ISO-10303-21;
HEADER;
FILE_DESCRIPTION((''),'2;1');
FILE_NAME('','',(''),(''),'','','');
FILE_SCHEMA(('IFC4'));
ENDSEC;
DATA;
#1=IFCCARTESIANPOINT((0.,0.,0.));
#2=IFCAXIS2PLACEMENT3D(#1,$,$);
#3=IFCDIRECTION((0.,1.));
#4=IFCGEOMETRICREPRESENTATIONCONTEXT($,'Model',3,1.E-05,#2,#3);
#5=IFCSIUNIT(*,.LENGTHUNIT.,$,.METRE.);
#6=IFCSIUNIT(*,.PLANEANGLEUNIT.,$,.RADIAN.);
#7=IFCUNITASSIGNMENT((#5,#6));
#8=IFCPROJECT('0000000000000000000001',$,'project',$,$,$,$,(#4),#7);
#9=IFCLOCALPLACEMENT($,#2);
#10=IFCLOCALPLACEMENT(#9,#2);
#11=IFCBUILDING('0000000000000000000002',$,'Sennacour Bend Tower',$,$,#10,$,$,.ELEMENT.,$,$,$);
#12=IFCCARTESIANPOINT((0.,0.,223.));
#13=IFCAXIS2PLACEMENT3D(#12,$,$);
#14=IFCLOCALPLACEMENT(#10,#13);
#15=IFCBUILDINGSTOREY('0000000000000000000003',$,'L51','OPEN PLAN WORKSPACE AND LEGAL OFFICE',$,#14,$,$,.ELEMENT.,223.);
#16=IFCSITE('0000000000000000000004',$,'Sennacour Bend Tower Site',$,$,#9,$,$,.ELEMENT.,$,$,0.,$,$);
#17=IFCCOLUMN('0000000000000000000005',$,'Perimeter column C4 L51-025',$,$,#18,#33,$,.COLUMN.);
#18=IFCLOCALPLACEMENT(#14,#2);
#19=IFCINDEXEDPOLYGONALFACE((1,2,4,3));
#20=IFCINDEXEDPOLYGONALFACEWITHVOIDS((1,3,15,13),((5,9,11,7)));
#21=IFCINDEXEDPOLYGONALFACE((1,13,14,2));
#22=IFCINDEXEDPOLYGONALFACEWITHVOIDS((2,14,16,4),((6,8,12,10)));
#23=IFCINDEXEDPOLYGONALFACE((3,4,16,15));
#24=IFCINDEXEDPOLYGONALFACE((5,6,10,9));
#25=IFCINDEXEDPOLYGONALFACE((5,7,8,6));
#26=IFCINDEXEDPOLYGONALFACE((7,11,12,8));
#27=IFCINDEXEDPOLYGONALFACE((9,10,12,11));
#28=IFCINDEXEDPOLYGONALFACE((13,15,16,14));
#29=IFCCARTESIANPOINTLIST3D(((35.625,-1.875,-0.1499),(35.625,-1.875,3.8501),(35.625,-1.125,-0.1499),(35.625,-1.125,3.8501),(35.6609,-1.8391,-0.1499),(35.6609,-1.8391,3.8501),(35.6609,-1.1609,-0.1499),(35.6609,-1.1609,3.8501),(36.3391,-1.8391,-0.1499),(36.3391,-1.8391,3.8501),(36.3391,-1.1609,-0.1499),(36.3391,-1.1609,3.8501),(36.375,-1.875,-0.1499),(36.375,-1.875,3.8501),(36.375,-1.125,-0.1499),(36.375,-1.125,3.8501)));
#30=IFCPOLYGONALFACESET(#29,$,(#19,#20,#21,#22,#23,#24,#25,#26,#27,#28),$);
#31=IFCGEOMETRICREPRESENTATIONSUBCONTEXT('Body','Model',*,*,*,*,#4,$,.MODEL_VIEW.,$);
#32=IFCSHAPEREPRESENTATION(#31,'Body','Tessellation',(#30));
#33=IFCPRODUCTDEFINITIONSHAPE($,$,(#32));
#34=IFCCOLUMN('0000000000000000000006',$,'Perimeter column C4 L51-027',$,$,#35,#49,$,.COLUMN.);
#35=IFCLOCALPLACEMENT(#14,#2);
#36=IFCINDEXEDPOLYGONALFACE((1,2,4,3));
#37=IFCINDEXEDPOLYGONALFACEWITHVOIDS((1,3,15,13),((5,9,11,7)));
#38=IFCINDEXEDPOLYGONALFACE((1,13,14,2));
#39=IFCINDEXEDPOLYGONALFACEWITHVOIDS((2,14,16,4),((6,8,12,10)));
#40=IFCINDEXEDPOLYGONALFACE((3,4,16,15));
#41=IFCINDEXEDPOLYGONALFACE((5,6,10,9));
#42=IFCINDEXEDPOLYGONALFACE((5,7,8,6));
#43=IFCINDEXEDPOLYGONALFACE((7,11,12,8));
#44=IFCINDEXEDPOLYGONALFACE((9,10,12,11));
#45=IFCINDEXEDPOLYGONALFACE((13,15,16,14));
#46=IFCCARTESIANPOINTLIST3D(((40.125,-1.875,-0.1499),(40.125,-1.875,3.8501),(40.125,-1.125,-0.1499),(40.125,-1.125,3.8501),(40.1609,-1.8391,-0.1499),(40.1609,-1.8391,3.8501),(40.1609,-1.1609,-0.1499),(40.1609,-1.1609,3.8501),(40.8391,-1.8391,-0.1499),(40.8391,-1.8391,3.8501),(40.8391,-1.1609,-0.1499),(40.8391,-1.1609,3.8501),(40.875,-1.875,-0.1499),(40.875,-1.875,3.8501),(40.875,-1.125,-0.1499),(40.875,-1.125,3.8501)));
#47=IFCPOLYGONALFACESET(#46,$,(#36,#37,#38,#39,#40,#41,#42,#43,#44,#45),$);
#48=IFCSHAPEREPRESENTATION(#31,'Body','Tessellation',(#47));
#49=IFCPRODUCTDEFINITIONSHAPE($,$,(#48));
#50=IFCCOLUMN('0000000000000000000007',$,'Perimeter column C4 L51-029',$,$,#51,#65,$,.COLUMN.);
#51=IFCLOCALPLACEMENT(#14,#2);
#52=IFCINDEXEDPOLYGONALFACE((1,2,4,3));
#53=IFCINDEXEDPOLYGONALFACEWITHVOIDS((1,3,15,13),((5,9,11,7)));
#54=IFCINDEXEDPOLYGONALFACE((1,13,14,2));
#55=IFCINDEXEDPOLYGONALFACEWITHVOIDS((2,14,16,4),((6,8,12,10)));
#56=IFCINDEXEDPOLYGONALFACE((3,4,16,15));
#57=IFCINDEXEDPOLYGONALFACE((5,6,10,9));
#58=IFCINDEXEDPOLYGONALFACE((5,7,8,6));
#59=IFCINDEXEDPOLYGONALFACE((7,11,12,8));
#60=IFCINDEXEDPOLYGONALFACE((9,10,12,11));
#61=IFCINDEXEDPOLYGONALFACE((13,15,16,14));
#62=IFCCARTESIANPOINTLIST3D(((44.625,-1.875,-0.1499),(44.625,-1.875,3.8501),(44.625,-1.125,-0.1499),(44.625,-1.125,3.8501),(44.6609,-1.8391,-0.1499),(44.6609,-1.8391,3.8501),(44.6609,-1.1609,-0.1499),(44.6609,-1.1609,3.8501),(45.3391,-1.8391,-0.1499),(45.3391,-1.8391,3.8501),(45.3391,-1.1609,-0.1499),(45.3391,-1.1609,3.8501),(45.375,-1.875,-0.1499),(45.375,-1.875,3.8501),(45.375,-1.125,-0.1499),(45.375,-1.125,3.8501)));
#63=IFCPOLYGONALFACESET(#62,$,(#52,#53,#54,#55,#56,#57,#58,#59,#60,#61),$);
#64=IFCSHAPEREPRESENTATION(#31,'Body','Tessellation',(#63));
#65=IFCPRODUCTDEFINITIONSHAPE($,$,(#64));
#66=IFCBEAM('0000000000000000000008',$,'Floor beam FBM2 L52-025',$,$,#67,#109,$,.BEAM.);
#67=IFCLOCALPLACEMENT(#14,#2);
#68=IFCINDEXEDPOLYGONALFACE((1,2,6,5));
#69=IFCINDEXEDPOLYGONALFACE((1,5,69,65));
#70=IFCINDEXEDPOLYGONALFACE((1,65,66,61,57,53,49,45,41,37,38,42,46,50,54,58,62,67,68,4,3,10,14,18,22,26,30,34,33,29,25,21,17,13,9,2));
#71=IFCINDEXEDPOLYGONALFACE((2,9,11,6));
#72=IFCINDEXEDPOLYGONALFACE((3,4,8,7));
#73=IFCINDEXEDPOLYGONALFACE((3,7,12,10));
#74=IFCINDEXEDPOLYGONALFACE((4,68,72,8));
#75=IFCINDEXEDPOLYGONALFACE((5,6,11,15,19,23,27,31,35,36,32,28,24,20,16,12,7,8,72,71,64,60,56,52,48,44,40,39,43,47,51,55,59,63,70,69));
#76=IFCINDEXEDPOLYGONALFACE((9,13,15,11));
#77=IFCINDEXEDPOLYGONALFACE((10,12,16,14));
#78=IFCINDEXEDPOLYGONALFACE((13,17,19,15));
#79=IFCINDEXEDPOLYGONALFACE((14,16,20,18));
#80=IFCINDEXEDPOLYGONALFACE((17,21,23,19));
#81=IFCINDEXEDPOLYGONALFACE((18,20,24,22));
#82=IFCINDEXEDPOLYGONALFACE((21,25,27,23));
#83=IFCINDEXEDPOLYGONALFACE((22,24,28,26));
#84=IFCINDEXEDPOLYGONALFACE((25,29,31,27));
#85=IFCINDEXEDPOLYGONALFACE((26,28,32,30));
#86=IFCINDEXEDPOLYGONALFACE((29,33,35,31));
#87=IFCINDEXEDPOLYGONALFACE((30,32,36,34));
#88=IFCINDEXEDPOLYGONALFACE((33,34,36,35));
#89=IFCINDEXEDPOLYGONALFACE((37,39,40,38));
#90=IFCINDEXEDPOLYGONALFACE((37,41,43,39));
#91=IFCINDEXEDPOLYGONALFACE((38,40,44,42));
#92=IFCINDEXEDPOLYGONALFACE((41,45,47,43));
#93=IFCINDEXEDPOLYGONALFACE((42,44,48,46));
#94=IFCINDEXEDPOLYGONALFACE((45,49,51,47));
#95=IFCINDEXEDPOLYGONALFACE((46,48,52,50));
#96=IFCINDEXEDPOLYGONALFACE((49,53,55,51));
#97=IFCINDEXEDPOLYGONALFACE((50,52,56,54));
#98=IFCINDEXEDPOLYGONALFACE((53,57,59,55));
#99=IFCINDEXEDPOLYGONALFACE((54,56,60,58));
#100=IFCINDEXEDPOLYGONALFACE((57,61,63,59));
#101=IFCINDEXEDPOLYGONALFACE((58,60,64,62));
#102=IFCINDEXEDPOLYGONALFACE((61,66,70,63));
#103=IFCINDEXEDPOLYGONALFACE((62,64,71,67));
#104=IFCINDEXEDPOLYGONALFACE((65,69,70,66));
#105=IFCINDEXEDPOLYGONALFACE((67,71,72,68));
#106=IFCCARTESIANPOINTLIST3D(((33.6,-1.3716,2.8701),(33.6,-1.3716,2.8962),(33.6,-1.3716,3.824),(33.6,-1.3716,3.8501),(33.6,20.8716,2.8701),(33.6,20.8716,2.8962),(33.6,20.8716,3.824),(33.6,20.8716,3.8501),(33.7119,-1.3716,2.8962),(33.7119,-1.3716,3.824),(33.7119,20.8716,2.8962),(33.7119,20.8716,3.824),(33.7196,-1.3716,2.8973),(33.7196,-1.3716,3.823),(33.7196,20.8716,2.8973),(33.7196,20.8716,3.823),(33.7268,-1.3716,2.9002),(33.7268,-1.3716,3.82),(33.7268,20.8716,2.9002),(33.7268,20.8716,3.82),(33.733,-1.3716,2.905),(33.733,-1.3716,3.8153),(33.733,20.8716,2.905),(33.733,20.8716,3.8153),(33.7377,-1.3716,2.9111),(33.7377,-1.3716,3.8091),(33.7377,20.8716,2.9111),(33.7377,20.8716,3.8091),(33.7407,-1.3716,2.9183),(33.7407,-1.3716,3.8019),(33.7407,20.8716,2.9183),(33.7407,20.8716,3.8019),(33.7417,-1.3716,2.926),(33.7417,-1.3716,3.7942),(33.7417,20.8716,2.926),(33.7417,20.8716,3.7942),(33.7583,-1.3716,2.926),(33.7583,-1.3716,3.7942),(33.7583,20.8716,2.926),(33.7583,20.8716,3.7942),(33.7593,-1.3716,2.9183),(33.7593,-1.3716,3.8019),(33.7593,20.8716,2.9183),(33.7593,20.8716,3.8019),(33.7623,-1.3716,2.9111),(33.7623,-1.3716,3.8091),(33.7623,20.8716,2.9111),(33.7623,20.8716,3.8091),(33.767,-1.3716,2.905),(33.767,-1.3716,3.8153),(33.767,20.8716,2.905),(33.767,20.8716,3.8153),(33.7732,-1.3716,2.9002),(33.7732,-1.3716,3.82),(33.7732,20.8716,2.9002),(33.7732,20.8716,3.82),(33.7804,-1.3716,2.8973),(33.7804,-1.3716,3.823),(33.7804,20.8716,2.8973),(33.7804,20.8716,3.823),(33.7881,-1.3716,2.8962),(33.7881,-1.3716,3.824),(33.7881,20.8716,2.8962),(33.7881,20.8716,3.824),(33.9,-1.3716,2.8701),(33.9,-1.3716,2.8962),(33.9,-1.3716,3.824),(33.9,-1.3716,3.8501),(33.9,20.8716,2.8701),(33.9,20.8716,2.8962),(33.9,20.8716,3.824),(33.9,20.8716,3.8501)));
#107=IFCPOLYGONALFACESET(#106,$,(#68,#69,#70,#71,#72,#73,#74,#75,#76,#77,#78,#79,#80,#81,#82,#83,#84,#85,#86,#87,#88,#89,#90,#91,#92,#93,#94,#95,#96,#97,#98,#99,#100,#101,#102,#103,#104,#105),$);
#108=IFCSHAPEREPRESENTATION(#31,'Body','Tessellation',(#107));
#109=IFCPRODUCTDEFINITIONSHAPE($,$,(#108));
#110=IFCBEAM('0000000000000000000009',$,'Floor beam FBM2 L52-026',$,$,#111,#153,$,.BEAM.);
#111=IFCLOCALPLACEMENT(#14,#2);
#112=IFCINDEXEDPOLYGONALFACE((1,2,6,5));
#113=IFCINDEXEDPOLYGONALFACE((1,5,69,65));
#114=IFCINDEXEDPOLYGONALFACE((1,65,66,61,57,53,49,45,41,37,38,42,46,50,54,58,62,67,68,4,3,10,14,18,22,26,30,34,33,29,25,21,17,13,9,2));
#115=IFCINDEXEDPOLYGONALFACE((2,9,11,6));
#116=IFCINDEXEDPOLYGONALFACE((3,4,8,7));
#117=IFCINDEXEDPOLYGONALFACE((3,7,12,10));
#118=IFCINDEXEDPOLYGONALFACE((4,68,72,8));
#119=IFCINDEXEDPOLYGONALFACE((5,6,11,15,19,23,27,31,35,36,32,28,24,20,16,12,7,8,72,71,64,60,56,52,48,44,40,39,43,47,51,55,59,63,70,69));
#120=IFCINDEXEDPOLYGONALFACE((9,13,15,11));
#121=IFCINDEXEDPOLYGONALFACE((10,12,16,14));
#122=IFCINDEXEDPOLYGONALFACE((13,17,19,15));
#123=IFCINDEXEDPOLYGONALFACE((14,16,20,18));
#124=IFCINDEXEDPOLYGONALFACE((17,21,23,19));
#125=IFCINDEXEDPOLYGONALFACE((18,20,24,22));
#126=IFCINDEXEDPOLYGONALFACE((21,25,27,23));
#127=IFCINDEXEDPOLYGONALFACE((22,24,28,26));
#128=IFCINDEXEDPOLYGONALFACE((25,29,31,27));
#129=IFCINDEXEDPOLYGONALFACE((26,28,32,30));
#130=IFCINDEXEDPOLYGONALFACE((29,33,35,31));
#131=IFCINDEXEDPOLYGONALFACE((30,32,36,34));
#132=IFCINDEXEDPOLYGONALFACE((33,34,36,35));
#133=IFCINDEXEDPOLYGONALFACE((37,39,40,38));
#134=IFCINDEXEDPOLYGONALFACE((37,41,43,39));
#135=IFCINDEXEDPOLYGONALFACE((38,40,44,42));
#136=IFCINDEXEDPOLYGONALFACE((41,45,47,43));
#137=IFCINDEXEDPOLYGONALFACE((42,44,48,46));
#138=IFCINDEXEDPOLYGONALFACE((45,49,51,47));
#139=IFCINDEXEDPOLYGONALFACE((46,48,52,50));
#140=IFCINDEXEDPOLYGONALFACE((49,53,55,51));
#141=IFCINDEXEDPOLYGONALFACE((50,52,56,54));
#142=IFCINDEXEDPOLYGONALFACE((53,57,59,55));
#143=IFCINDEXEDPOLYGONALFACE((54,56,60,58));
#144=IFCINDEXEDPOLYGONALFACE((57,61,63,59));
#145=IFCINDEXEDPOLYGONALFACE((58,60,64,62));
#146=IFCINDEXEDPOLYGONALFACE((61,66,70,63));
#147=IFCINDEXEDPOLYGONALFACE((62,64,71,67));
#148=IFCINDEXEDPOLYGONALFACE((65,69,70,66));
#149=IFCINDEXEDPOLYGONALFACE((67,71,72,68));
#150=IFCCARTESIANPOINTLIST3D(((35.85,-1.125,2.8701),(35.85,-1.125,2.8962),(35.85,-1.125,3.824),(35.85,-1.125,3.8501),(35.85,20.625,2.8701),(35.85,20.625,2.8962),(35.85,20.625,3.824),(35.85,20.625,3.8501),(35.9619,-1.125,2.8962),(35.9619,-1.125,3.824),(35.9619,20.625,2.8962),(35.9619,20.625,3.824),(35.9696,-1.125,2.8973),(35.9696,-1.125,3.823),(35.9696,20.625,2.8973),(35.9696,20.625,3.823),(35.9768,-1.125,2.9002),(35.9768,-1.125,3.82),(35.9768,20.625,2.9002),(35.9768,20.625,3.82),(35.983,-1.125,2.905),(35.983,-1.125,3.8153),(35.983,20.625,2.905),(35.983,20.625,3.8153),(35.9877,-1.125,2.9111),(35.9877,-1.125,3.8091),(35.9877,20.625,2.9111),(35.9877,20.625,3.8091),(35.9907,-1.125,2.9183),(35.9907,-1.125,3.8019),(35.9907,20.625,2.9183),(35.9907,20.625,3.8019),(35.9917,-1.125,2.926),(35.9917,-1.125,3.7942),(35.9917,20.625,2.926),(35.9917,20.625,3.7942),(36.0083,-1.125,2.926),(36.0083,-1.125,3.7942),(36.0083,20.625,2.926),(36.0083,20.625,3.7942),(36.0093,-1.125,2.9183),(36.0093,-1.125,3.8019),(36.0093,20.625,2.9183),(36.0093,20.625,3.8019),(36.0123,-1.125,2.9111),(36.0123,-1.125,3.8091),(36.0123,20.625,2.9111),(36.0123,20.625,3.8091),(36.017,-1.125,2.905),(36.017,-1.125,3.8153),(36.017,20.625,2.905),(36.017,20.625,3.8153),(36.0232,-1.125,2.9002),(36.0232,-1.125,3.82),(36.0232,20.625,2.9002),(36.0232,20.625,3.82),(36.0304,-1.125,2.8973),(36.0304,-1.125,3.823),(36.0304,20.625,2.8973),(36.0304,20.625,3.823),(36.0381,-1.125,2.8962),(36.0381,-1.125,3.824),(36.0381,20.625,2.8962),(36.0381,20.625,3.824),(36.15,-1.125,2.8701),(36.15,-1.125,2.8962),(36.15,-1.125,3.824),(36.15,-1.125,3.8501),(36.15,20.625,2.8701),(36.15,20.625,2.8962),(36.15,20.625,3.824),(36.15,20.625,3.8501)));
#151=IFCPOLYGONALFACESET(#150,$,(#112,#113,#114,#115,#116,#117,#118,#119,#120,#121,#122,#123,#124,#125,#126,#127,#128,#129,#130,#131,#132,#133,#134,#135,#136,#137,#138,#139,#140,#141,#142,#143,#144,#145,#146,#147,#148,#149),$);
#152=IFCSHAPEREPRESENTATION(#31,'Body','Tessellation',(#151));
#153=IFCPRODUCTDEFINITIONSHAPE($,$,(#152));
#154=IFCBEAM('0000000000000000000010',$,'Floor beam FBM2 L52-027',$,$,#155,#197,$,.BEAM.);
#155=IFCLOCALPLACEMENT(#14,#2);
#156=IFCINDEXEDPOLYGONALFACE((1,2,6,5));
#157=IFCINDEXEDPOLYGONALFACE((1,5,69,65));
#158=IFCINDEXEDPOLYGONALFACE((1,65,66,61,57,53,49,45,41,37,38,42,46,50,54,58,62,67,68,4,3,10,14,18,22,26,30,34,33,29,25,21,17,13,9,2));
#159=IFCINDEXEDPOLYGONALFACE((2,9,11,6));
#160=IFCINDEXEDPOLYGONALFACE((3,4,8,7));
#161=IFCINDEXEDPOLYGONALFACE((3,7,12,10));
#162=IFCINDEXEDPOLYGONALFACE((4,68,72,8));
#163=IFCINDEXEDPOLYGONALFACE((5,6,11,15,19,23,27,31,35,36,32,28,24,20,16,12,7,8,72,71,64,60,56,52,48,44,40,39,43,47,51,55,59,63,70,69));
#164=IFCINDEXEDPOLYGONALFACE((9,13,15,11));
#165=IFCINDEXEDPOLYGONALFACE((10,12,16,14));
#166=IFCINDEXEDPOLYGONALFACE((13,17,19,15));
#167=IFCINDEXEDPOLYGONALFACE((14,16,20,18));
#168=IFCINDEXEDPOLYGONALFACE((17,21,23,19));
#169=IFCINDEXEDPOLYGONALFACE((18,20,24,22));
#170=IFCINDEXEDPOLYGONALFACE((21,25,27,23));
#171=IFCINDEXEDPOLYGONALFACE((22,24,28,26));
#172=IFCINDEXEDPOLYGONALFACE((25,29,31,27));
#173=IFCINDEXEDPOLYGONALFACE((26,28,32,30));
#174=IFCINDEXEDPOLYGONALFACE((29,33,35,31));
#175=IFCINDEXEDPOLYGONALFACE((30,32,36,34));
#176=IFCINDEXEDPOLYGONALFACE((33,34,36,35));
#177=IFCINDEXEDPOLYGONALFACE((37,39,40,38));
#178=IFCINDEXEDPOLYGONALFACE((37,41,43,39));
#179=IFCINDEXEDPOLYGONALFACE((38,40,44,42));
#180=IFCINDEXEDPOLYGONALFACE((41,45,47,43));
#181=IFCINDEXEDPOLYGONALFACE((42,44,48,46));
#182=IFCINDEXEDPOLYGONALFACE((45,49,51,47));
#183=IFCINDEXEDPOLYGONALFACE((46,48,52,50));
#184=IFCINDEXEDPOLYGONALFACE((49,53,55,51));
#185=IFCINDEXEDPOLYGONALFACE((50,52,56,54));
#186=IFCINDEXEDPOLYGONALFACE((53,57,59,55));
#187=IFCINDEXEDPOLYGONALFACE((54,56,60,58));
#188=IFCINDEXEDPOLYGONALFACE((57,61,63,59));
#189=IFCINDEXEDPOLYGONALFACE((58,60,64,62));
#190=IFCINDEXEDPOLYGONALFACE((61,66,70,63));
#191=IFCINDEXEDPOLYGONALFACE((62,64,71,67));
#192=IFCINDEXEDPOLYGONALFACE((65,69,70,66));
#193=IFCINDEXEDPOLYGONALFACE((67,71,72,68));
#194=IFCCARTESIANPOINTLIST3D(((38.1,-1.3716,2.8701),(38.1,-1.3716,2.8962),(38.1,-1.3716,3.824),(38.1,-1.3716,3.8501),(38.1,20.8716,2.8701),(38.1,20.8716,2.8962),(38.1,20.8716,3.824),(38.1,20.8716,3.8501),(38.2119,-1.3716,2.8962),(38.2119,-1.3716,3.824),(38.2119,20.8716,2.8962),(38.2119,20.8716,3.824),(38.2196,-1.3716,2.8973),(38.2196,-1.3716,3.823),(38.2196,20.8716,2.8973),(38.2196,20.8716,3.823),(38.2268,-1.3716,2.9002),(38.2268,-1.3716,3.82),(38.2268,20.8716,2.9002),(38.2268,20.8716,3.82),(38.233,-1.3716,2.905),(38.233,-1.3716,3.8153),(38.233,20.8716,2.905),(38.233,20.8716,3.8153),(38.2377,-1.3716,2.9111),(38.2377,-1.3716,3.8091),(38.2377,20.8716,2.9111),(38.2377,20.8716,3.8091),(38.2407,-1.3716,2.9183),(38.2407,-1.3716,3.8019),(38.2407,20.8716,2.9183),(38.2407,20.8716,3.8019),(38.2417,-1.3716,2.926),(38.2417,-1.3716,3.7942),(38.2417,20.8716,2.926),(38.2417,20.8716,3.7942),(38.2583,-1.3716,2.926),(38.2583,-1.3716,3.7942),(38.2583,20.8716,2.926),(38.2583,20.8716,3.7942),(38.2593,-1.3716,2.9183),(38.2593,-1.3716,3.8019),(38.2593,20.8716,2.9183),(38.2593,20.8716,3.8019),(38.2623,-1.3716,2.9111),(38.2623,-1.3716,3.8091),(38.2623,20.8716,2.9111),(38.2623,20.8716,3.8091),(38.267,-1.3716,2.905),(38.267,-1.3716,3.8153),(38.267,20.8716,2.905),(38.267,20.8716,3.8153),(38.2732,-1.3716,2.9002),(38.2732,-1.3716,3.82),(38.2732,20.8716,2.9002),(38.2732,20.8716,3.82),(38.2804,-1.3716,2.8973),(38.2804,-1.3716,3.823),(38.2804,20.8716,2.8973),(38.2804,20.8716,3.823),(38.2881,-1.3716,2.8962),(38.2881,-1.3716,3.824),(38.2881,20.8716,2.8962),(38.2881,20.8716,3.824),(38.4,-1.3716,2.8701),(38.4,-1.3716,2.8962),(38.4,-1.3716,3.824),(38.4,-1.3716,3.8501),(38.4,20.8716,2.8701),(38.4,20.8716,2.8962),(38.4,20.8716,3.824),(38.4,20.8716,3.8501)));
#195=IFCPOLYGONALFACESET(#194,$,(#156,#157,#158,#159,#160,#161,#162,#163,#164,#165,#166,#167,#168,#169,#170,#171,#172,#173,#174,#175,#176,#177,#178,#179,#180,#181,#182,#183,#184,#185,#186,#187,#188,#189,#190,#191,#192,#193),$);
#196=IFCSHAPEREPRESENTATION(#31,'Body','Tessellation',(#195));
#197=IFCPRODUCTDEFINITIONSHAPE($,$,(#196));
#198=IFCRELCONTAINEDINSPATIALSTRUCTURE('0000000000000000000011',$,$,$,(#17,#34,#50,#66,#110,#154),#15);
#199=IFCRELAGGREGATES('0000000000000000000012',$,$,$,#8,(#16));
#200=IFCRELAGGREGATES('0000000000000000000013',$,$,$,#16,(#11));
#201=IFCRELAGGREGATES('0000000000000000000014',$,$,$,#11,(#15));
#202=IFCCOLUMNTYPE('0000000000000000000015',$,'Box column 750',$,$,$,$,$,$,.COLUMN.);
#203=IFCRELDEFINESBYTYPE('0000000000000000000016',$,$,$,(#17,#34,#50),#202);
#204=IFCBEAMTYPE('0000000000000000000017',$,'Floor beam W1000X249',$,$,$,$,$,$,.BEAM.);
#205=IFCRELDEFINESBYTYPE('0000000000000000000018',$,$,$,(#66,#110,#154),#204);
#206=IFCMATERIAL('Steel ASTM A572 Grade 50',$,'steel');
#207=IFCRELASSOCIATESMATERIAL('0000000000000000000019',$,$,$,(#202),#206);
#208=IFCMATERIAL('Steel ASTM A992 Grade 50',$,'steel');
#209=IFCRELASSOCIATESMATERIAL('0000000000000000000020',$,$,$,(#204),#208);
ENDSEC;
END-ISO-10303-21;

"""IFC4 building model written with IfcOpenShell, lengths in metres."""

from ifc_helpers import new_model, si_unit, direction, frame, origin, origin_2d, place, context, subcontext, project, spatial, hollow_rectangle, i_section, extrude, material, material_profile, profile_set, type_object, element, save


model = new_model("IFC4")

# Units and contexts
model_context = context("Model", 3, precision=1e-05, world=origin(), true_north=direction((0.0, 1.0)))
body_context = subcontext(model_context, "Body", "Model", "MODEL_VIEW")
ifc_project = project(units=[si_unit("LENGTHUNIT", "METRE"), si_unit("PLANEANGLEUNIT", "RADIAN")], contexts=[model_context])

# Site, building, storey
site_placement = place(None, origin())
site = spatial("IfcSite", under=ifc_project, at=site_placement, Name="Sennacour Bend Tower Site", CompositionType="ELEMENT", RefElevation=0.0)
building_placement = place(site_placement, origin())
building = spatial("IfcBuilding", under=site, at=building_placement, Name="Sennacour Bend Tower", CompositionType="ELEMENT")
storey_placement = place(building_placement, frame((0.0, 0.0, 223.0)))
storey = spatial("IfcBuildingStorey", under=building, at=storey_placement, Name="L51", Description="OPEN PLAN WORKSPACE AND LEGAL OFFICE", CompositionType="ELEMENT", Elevation=223.0)

# Columns
ifc_material_1 = material(Name="Steel ASTM A572 Grade 50", Category="steel")
ifc_material_profile_1 = material_profile(ifc_material_1, hollow_rectangle(XDim=0.75, YDim=0.75, WallThickness=0.0359, at=origin_2d()), Name="Steel ASTM A572 Grade 50", Category="steel")
ifc_profile_set_1 = profile_set([ifc_material_profile_1], Name="Steel ASTM A572 Grade 50")
column_type = type_object("IfcColumnType", Name="Box column 750", PredefinedType="COLUMN", material=ifc_profile_set_1)
for number, where, z_axis, x_axis, name in (
    (1, (36.0, -1.5, -0.1499), (0.0, 0.0, 1.0), (1.0, 0.0, 0.0), "Perimeter column C4 L51-025"),
    (2, (40.5, -1.5, -0.1499), (0.0, 0.0, 1.0), (1.0, 0.0, 0.0), "Perimeter column C4 L51-027"),
    (3, (45.0, -1.5, -0.1499), (0.0, 0.0, 1.0), (1.0, 0.0, 0.0), "Perimeter column C4 L51-029"),
):
    element("IfcColumn", number, at=place(storey_placement, frame(where, z_axis=z_axis, x_axis=x_axis)), inside=storey, type_object=column_type, Name=name, PredefinedType="COLUMN", context=body_context, shape_type="SweptSolid", body=[
        extrude(hollow_rectangle(XDim=0.75, YDim=0.75, WallThickness=0.0359, at=origin_2d()), origin(), (0.0, 0.0, 1.0), 4.0),
    ])

# Beams
ifc_material_2 = material(Name="Steel ASTM A992 Grade 50", Category="steel")
ifc_material_profile_2 = material_profile(ifc_material_2, i_section(OverallWidth=0.3, OverallDepth=0.98, WebThickness=0.0166, FlangeThickness=0.0261, FilletRadius=0.0298, at=origin_2d()), Name="Steel ASTM A992 Grade 50", Category="steel")
ifc_profile_set_2 = profile_set([ifc_material_profile_2], Name="Steel ASTM A992 Grade 50")
beam_type_1 = type_object("IfcBeamType", Name="Floor beam W1000X249", PredefinedType="BEAM", material=ifc_profile_set_2)
beam_1_placement = place(storey_placement, frame((33.75, -1.3716, 3.3601), z_axis=(0.0, 1.0, 0.0), x_axis=(-1.0, 0.0, 0.0)))
element("IfcBeam", 4, at=beam_1_placement, inside=storey, type_object=beam_type_1, Name="Floor beam FBM2 L52-025", PredefinedType="BEAM", context=body_context, shape_type="SweptSolid", body=[
    extrude(i_section(OverallWidth=0.3, OverallDepth=0.98, WebThickness=0.0166, FlangeThickness=0.0261, FilletRadius=0.0298, at=origin_2d()), origin(), (0.0, 0.0, 1.0), 22.2432),
])
beam_2_placement = place(storey_placement, frame((36.0, -1.125, 3.3601), z_axis=(0.0, 1.0, 0.0), x_axis=(-1.0, 0.0, 0.0)))
element("IfcBeam", 5, at=beam_2_placement, inside=storey, type_object=beam_type_1, Name="Floor beam FBM2 L52-026", PredefinedType="BEAM", context=body_context, shape_type="SweptSolid", body=[
    extrude(i_section(OverallWidth=0.3, OverallDepth=0.98, WebThickness=0.0166, FlangeThickness=0.0261, FilletRadius=0.0298, at=origin_2d()), origin(), (0.0, 0.0, 1.0), 21.75),
])
beam_3_placement = place(storey_placement, frame((38.25, -1.3716, 3.3601), z_axis=(0.0, 1.0, 0.0), x_axis=(-1.0, 0.0, 0.0)))
element("IfcBeam", 6, at=beam_3_placement, inside=storey, type_object=beam_type_1, Name="Floor beam FBM2 L52-027", PredefinedType="BEAM", context=body_context, shape_type="SweptSolid", body=[
    extrude(i_section(OverallWidth=0.3, OverallDepth=0.98, WebThickness=0.0166, FlangeThickness=0.0261, FilletRadius=0.0298, at=origin_2d()), origin(), (0.0, 0.0, 1.0), 22.2432),
])

save(model, "model.ifc")
